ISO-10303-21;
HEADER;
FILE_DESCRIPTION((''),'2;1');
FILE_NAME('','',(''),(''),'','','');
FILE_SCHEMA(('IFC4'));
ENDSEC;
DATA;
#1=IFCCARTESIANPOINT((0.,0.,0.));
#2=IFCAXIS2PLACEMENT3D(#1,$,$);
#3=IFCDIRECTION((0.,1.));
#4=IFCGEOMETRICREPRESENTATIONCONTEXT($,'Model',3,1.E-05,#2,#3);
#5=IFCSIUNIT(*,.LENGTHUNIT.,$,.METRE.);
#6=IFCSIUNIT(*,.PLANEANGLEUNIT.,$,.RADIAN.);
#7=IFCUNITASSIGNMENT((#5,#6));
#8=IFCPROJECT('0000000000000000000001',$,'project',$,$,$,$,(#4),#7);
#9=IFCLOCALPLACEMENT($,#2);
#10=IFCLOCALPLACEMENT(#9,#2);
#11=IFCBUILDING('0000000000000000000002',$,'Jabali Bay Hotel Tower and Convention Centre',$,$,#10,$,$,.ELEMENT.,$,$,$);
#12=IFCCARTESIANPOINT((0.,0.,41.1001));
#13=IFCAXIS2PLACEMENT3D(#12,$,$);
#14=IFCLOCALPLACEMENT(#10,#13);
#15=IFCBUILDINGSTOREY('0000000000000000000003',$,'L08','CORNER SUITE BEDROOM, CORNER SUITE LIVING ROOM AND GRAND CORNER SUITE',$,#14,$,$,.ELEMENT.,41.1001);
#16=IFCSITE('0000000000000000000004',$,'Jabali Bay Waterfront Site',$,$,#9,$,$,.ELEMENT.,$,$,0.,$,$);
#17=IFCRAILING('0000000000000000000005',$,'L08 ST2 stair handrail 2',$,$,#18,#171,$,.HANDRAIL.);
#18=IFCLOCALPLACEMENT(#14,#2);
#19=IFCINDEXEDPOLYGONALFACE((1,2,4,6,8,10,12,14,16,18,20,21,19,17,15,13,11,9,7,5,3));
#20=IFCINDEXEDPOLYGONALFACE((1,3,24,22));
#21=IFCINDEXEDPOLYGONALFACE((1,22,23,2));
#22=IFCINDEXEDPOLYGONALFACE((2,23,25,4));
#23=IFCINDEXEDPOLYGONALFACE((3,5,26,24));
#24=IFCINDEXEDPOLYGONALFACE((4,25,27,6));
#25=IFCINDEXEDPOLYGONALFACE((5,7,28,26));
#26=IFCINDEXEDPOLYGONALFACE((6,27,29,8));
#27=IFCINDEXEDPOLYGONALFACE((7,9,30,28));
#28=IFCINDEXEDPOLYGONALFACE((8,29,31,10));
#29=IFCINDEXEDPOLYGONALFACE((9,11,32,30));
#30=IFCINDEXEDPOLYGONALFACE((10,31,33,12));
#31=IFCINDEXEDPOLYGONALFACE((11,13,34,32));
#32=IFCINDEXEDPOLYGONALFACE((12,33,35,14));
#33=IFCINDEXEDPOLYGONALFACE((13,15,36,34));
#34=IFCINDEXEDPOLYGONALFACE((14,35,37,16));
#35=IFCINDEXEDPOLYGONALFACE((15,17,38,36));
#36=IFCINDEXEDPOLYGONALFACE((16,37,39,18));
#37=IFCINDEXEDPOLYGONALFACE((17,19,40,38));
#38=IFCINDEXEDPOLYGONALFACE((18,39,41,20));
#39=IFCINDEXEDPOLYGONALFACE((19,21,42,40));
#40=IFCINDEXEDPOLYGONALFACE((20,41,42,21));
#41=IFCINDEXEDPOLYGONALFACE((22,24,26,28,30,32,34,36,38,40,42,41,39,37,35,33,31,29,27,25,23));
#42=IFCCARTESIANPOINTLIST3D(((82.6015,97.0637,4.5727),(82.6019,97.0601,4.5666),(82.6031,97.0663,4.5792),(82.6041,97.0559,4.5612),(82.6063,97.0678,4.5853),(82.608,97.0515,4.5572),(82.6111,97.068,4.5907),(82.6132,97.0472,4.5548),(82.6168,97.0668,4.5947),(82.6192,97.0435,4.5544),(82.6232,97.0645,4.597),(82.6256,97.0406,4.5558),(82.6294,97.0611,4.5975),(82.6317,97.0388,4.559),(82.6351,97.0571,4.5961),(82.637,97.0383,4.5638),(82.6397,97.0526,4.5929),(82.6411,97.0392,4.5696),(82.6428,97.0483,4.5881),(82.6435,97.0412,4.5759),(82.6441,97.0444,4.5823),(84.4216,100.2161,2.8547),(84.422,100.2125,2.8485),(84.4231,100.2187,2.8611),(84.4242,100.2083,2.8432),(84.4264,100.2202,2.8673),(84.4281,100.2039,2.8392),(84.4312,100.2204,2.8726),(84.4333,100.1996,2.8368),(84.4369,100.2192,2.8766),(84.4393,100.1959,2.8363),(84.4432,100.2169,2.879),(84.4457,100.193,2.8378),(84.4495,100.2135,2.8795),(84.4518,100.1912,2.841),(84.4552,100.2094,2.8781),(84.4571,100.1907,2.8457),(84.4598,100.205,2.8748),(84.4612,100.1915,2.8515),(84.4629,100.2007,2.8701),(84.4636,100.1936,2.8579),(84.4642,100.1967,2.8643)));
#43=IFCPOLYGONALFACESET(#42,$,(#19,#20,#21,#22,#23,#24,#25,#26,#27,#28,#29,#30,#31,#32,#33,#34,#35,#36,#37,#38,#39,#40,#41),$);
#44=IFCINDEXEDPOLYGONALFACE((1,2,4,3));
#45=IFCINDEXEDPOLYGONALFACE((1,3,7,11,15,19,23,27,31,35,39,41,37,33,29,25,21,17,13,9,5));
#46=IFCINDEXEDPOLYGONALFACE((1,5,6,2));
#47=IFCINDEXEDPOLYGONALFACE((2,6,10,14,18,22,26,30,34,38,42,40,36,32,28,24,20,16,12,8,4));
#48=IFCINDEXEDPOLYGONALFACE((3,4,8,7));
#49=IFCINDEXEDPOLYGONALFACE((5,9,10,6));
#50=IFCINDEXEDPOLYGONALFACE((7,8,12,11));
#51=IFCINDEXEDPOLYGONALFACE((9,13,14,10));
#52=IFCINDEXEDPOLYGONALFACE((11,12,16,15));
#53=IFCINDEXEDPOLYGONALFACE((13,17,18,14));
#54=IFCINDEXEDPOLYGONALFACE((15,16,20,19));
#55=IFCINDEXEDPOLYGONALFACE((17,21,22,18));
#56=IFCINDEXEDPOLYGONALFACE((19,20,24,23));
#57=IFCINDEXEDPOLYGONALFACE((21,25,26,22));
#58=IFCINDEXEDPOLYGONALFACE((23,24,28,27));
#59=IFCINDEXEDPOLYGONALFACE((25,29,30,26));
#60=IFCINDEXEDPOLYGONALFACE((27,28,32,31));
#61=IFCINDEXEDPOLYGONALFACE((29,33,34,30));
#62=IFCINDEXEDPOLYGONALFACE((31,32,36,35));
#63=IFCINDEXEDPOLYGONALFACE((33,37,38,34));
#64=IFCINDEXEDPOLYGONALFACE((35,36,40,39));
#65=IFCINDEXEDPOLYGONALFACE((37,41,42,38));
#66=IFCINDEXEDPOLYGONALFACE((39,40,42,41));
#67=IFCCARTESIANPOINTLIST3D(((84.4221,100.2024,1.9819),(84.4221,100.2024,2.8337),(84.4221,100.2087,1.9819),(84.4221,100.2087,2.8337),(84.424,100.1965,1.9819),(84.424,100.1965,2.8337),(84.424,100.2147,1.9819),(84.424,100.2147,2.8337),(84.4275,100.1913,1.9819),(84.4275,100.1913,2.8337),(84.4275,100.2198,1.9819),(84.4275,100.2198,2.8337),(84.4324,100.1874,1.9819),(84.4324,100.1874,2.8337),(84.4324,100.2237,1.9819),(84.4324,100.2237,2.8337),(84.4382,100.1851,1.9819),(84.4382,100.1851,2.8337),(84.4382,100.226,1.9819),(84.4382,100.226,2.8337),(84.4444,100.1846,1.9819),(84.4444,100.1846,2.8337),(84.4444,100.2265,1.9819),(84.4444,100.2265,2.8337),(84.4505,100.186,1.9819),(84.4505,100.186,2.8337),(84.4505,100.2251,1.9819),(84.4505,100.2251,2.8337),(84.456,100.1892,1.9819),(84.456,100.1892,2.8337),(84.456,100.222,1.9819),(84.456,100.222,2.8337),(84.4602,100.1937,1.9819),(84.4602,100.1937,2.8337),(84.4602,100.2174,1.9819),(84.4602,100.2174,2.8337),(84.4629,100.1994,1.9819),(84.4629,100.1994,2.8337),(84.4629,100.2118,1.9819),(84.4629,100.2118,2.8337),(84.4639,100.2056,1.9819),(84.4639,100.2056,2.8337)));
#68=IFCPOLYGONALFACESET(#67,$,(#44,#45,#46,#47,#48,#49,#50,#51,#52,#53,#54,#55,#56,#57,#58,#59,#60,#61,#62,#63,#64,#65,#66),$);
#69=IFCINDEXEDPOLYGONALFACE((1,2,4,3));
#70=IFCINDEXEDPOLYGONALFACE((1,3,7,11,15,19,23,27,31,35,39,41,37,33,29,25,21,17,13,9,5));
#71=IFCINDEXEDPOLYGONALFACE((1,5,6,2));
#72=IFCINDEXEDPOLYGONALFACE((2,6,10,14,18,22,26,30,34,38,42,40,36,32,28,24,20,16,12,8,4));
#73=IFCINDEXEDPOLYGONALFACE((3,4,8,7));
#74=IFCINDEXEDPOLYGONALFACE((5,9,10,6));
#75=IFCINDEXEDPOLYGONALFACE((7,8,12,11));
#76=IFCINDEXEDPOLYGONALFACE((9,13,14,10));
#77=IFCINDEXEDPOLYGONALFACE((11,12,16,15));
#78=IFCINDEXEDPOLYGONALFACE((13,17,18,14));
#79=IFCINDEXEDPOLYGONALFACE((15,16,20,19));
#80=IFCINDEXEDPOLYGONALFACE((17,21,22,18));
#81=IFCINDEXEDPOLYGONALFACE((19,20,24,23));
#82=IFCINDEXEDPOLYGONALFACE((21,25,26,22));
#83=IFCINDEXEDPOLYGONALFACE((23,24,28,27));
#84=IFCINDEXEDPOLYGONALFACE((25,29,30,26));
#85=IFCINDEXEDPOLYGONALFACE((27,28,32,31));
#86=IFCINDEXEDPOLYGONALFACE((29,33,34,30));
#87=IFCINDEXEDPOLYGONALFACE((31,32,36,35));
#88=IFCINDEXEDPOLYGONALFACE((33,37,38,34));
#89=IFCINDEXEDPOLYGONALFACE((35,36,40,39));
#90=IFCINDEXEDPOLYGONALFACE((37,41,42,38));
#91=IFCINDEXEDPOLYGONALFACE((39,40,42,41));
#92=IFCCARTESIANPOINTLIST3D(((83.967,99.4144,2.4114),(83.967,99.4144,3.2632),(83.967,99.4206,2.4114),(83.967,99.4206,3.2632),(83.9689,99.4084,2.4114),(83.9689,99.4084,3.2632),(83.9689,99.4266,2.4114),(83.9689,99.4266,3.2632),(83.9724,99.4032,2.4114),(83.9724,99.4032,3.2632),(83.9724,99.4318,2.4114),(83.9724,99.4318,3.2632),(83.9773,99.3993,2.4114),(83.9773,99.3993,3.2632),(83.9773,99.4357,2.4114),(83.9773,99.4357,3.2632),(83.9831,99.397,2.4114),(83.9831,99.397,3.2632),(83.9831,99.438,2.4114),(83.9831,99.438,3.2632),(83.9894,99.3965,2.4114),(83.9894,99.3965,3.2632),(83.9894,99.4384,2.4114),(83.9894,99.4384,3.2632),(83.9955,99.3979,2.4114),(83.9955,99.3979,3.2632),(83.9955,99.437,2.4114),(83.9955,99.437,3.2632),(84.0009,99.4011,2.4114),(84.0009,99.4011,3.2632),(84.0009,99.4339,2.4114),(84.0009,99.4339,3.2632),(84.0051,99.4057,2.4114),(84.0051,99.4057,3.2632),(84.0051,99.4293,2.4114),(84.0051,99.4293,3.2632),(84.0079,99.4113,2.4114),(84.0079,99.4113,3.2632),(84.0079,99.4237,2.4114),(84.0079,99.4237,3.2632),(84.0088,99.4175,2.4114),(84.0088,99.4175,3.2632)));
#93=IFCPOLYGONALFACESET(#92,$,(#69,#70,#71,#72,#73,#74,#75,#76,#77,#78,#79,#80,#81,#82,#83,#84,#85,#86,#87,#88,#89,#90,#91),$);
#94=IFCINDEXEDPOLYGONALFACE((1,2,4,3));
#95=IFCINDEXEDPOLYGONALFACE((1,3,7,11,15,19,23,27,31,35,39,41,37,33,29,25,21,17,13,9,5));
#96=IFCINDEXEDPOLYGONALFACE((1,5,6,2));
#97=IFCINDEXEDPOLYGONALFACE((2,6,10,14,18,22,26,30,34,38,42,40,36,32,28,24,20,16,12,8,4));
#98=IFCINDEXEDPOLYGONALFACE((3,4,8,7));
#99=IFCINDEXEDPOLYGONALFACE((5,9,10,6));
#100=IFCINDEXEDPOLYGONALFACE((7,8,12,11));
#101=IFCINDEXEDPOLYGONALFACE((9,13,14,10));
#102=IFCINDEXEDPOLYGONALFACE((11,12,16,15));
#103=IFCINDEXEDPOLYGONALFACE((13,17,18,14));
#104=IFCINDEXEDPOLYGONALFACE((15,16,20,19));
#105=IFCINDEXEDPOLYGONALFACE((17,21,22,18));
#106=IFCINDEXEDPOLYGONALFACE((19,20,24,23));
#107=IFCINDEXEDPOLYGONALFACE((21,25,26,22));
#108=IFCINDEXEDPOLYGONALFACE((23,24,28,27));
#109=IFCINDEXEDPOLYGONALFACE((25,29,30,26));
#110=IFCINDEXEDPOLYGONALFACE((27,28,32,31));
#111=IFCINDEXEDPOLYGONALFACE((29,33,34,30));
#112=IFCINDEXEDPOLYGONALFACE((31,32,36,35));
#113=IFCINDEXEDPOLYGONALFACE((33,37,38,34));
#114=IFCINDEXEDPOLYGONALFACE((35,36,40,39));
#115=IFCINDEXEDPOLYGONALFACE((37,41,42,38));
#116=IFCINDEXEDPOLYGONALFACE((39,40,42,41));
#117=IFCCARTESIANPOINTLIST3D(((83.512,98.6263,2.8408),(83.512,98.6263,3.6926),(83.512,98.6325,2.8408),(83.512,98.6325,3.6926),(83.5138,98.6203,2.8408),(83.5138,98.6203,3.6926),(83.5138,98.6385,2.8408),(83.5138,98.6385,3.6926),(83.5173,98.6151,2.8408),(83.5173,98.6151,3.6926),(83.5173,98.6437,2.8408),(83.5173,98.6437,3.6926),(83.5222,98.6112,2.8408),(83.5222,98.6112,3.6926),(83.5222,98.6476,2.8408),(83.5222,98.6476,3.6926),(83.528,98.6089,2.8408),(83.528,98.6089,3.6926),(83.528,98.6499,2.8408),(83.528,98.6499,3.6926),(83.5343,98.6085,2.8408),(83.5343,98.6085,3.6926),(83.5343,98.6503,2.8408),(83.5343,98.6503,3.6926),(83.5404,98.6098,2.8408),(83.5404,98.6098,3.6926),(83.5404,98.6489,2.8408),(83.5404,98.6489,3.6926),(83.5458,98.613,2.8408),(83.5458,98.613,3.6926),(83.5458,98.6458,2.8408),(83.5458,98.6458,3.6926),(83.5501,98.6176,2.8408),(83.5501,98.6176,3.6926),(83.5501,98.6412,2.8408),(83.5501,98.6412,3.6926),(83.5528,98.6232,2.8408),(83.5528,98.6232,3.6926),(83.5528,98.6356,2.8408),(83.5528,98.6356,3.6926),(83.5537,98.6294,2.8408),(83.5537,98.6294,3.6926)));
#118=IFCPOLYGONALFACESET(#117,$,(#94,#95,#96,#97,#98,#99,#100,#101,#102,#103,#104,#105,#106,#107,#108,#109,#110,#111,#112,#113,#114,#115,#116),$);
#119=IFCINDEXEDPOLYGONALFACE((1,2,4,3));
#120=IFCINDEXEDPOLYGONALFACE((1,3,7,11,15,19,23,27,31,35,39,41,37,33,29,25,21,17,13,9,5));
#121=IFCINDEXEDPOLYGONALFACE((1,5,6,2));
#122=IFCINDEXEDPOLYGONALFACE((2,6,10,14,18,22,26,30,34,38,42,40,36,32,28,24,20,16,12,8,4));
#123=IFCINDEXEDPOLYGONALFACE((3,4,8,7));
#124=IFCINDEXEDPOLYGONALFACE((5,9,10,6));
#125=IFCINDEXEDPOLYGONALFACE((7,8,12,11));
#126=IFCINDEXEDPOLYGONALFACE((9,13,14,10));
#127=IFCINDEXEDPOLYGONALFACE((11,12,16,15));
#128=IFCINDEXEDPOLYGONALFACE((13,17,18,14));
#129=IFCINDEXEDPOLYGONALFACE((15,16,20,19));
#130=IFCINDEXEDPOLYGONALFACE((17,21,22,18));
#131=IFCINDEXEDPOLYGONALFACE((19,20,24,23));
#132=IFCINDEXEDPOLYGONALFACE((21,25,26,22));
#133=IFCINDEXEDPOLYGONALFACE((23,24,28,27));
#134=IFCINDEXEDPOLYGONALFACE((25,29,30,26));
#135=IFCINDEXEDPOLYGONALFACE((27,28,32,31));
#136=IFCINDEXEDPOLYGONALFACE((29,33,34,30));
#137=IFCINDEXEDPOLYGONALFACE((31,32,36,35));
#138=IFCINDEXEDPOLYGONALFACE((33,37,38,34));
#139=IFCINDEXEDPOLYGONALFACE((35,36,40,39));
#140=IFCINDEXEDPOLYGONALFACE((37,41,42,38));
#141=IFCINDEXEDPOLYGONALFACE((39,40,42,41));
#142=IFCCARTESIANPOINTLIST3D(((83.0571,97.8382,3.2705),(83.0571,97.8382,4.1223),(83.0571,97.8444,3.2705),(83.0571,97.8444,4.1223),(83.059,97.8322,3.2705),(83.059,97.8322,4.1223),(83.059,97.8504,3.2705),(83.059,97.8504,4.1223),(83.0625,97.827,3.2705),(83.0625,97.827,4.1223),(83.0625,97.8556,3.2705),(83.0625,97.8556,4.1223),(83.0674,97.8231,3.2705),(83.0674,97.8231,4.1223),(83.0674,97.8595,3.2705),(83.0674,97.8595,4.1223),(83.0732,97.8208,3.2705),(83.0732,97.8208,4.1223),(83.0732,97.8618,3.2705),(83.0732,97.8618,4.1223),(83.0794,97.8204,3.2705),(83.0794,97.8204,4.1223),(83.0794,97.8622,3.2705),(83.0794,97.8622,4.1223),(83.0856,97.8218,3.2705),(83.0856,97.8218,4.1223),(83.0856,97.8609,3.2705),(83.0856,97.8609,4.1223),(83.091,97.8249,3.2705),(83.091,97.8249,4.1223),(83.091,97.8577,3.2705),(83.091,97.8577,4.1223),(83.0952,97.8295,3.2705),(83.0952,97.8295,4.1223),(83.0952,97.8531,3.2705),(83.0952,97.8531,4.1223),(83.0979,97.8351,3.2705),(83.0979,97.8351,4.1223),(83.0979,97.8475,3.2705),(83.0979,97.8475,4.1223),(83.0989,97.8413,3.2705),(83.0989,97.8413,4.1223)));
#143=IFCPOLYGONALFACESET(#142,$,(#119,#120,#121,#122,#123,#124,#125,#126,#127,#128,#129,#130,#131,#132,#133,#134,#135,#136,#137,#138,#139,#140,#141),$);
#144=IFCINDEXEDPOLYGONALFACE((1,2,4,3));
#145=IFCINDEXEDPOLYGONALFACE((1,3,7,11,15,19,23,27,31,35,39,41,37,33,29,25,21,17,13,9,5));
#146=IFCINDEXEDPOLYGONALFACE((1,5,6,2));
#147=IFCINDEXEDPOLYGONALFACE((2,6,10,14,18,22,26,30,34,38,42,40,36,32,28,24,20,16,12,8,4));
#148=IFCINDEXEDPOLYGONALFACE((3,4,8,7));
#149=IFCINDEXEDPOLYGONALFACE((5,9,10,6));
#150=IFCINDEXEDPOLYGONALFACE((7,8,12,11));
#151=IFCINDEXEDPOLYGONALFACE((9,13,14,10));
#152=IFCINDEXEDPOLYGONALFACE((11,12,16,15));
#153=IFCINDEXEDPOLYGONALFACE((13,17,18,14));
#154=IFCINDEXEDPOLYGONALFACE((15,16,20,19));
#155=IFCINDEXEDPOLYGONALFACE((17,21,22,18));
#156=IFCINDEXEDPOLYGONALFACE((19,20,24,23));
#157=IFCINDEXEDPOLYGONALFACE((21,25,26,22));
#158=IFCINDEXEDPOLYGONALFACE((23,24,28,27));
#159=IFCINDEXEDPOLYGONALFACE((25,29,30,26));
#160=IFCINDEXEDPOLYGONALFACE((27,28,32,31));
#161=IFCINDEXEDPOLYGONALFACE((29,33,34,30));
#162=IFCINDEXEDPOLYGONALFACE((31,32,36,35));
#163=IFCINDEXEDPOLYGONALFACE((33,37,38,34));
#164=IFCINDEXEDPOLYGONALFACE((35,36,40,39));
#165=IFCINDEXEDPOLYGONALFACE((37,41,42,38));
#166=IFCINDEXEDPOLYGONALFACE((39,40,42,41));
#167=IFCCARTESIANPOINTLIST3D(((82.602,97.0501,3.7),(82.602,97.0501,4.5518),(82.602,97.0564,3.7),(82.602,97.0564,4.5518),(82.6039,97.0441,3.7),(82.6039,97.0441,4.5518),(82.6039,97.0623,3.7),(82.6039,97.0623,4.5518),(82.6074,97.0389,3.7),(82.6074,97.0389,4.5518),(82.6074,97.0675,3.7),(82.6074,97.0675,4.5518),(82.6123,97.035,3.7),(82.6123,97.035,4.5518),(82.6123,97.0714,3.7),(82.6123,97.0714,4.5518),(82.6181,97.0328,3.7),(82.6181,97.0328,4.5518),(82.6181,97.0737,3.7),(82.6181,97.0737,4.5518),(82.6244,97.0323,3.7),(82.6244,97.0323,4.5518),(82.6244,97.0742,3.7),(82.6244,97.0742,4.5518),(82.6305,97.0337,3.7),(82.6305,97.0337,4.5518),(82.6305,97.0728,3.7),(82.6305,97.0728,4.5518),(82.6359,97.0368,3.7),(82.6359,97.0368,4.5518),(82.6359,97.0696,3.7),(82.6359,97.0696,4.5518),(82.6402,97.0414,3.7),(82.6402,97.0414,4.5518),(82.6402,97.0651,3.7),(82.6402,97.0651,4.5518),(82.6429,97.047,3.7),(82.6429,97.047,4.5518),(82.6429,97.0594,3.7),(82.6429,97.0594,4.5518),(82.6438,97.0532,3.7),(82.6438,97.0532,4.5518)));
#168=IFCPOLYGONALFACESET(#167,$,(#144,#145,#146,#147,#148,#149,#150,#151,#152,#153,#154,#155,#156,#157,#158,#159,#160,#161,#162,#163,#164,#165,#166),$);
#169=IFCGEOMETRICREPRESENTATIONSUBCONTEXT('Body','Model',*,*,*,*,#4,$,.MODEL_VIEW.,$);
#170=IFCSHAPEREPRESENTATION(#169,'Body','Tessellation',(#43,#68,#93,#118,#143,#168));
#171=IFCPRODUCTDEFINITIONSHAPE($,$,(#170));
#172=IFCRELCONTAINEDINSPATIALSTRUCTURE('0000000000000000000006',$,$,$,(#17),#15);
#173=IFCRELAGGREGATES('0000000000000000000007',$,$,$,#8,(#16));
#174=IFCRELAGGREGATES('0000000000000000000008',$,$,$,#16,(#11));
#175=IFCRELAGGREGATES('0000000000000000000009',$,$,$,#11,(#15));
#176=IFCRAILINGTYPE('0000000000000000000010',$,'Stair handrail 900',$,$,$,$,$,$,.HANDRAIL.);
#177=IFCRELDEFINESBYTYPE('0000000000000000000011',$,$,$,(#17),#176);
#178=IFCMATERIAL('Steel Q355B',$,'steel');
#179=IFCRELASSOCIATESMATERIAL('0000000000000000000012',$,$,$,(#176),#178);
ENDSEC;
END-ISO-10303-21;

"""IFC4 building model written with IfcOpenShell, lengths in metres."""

from ifc_helpers import new_model, si_unit, direction, frame, origin, origin_2d, place, context, subcontext, project, spatial, circle, extrude, material, type_object, element, save


model = new_model("IFC4")

# Units and contexts
model_context = context("Model", 3, precision=1e-05, world=origin(), true_north=direction((0.0, 1.0)))
body_context = subcontext(model_context, "Body", "Model", "MODEL_VIEW")
ifc_project = project(units=[si_unit("LENGTHUNIT", "METRE"), si_unit("PLANEANGLEUNIT", "RADIAN")], contexts=[model_context])

# Site, building, storey
site_placement = place(None, origin())
site = spatial("IfcSite", under=ifc_project, at=site_placement, Name="Jabali Bay Waterfront Site", CompositionType="ELEMENT", RefElevation=0.0)
building_placement = place(site_placement, origin())
building = spatial("IfcBuilding", under=site, at=building_placement, Name="Jabali Bay Hotel Tower and Convention Centre", CompositionType="ELEMENT")
storey_placement = place(building_placement, frame((0.0, 0.0, 41.1001)))
storey = spatial("IfcBuildingStorey", under=building, at=storey_placement, Name="L08", Description="CORNER SUITE BEDROOM, CORNER SUITE LIVING ROOM AND GRAND CORNER SUITE", CompositionType="ELEMENT", Elevation=41.1001)

# Railing
ifc_material_1 = material(Name="Steel Q355B", Category="steel")
railing_type_1 = type_object("IfcRailingType", Name="Stair handrail 900", PredefinedType="HANDRAIL", material=ifc_material_1)
railing_1_placement = place(storey_placement, frame((84.4429, 100.2056, 1.9819)))
element("IfcRailing", 1, at=railing_1_placement, inside=storey, type_object=railing_type_1, Name="L08 ST2 stair handrail 2", PredefinedType="HANDRAIL", context=body_context, shape_type="SweptSolid", body=[
    extrude(circle(Radius=0.0239, at=origin_2d()), frame((0.0, 0.0, 0.876), z_axis=(-0.452179, -0.78317, 0.426825), x_axis=(0.866018, -0.500013, 0.0)), (0.0, 0.0, 1.0), 4.0251),
    extrude(circle(Radius=0.021, at=origin_2d()), origin(), (0.0, 0.0, 1.0), 0.8518),
    extrude(circle(Radius=0.021, at=origin_2d()), frame((-0.4551, -0.7881, 0.4294)), (0.0, 0.0, 1.0), 0.8518),
    extrude(circle(Radius=0.021, at=origin_2d()), frame((-0.9102, -1.5762, 0.8589)), (0.0, 0.0, 1.0), 0.8518),
    extrude(circle(Radius=0.021, at=origin_2d()), frame((-1.365, -2.3643, 1.2886)), (0.0, 0.0, 1.0), 0.8518),
    extrude(circle(Radius=0.021, at=origin_2d()), frame((-1.8201, -3.1523, 1.718)), (0.0, 0.0, 1.0), 0.8518),
])

save(model, "model.ifc")
